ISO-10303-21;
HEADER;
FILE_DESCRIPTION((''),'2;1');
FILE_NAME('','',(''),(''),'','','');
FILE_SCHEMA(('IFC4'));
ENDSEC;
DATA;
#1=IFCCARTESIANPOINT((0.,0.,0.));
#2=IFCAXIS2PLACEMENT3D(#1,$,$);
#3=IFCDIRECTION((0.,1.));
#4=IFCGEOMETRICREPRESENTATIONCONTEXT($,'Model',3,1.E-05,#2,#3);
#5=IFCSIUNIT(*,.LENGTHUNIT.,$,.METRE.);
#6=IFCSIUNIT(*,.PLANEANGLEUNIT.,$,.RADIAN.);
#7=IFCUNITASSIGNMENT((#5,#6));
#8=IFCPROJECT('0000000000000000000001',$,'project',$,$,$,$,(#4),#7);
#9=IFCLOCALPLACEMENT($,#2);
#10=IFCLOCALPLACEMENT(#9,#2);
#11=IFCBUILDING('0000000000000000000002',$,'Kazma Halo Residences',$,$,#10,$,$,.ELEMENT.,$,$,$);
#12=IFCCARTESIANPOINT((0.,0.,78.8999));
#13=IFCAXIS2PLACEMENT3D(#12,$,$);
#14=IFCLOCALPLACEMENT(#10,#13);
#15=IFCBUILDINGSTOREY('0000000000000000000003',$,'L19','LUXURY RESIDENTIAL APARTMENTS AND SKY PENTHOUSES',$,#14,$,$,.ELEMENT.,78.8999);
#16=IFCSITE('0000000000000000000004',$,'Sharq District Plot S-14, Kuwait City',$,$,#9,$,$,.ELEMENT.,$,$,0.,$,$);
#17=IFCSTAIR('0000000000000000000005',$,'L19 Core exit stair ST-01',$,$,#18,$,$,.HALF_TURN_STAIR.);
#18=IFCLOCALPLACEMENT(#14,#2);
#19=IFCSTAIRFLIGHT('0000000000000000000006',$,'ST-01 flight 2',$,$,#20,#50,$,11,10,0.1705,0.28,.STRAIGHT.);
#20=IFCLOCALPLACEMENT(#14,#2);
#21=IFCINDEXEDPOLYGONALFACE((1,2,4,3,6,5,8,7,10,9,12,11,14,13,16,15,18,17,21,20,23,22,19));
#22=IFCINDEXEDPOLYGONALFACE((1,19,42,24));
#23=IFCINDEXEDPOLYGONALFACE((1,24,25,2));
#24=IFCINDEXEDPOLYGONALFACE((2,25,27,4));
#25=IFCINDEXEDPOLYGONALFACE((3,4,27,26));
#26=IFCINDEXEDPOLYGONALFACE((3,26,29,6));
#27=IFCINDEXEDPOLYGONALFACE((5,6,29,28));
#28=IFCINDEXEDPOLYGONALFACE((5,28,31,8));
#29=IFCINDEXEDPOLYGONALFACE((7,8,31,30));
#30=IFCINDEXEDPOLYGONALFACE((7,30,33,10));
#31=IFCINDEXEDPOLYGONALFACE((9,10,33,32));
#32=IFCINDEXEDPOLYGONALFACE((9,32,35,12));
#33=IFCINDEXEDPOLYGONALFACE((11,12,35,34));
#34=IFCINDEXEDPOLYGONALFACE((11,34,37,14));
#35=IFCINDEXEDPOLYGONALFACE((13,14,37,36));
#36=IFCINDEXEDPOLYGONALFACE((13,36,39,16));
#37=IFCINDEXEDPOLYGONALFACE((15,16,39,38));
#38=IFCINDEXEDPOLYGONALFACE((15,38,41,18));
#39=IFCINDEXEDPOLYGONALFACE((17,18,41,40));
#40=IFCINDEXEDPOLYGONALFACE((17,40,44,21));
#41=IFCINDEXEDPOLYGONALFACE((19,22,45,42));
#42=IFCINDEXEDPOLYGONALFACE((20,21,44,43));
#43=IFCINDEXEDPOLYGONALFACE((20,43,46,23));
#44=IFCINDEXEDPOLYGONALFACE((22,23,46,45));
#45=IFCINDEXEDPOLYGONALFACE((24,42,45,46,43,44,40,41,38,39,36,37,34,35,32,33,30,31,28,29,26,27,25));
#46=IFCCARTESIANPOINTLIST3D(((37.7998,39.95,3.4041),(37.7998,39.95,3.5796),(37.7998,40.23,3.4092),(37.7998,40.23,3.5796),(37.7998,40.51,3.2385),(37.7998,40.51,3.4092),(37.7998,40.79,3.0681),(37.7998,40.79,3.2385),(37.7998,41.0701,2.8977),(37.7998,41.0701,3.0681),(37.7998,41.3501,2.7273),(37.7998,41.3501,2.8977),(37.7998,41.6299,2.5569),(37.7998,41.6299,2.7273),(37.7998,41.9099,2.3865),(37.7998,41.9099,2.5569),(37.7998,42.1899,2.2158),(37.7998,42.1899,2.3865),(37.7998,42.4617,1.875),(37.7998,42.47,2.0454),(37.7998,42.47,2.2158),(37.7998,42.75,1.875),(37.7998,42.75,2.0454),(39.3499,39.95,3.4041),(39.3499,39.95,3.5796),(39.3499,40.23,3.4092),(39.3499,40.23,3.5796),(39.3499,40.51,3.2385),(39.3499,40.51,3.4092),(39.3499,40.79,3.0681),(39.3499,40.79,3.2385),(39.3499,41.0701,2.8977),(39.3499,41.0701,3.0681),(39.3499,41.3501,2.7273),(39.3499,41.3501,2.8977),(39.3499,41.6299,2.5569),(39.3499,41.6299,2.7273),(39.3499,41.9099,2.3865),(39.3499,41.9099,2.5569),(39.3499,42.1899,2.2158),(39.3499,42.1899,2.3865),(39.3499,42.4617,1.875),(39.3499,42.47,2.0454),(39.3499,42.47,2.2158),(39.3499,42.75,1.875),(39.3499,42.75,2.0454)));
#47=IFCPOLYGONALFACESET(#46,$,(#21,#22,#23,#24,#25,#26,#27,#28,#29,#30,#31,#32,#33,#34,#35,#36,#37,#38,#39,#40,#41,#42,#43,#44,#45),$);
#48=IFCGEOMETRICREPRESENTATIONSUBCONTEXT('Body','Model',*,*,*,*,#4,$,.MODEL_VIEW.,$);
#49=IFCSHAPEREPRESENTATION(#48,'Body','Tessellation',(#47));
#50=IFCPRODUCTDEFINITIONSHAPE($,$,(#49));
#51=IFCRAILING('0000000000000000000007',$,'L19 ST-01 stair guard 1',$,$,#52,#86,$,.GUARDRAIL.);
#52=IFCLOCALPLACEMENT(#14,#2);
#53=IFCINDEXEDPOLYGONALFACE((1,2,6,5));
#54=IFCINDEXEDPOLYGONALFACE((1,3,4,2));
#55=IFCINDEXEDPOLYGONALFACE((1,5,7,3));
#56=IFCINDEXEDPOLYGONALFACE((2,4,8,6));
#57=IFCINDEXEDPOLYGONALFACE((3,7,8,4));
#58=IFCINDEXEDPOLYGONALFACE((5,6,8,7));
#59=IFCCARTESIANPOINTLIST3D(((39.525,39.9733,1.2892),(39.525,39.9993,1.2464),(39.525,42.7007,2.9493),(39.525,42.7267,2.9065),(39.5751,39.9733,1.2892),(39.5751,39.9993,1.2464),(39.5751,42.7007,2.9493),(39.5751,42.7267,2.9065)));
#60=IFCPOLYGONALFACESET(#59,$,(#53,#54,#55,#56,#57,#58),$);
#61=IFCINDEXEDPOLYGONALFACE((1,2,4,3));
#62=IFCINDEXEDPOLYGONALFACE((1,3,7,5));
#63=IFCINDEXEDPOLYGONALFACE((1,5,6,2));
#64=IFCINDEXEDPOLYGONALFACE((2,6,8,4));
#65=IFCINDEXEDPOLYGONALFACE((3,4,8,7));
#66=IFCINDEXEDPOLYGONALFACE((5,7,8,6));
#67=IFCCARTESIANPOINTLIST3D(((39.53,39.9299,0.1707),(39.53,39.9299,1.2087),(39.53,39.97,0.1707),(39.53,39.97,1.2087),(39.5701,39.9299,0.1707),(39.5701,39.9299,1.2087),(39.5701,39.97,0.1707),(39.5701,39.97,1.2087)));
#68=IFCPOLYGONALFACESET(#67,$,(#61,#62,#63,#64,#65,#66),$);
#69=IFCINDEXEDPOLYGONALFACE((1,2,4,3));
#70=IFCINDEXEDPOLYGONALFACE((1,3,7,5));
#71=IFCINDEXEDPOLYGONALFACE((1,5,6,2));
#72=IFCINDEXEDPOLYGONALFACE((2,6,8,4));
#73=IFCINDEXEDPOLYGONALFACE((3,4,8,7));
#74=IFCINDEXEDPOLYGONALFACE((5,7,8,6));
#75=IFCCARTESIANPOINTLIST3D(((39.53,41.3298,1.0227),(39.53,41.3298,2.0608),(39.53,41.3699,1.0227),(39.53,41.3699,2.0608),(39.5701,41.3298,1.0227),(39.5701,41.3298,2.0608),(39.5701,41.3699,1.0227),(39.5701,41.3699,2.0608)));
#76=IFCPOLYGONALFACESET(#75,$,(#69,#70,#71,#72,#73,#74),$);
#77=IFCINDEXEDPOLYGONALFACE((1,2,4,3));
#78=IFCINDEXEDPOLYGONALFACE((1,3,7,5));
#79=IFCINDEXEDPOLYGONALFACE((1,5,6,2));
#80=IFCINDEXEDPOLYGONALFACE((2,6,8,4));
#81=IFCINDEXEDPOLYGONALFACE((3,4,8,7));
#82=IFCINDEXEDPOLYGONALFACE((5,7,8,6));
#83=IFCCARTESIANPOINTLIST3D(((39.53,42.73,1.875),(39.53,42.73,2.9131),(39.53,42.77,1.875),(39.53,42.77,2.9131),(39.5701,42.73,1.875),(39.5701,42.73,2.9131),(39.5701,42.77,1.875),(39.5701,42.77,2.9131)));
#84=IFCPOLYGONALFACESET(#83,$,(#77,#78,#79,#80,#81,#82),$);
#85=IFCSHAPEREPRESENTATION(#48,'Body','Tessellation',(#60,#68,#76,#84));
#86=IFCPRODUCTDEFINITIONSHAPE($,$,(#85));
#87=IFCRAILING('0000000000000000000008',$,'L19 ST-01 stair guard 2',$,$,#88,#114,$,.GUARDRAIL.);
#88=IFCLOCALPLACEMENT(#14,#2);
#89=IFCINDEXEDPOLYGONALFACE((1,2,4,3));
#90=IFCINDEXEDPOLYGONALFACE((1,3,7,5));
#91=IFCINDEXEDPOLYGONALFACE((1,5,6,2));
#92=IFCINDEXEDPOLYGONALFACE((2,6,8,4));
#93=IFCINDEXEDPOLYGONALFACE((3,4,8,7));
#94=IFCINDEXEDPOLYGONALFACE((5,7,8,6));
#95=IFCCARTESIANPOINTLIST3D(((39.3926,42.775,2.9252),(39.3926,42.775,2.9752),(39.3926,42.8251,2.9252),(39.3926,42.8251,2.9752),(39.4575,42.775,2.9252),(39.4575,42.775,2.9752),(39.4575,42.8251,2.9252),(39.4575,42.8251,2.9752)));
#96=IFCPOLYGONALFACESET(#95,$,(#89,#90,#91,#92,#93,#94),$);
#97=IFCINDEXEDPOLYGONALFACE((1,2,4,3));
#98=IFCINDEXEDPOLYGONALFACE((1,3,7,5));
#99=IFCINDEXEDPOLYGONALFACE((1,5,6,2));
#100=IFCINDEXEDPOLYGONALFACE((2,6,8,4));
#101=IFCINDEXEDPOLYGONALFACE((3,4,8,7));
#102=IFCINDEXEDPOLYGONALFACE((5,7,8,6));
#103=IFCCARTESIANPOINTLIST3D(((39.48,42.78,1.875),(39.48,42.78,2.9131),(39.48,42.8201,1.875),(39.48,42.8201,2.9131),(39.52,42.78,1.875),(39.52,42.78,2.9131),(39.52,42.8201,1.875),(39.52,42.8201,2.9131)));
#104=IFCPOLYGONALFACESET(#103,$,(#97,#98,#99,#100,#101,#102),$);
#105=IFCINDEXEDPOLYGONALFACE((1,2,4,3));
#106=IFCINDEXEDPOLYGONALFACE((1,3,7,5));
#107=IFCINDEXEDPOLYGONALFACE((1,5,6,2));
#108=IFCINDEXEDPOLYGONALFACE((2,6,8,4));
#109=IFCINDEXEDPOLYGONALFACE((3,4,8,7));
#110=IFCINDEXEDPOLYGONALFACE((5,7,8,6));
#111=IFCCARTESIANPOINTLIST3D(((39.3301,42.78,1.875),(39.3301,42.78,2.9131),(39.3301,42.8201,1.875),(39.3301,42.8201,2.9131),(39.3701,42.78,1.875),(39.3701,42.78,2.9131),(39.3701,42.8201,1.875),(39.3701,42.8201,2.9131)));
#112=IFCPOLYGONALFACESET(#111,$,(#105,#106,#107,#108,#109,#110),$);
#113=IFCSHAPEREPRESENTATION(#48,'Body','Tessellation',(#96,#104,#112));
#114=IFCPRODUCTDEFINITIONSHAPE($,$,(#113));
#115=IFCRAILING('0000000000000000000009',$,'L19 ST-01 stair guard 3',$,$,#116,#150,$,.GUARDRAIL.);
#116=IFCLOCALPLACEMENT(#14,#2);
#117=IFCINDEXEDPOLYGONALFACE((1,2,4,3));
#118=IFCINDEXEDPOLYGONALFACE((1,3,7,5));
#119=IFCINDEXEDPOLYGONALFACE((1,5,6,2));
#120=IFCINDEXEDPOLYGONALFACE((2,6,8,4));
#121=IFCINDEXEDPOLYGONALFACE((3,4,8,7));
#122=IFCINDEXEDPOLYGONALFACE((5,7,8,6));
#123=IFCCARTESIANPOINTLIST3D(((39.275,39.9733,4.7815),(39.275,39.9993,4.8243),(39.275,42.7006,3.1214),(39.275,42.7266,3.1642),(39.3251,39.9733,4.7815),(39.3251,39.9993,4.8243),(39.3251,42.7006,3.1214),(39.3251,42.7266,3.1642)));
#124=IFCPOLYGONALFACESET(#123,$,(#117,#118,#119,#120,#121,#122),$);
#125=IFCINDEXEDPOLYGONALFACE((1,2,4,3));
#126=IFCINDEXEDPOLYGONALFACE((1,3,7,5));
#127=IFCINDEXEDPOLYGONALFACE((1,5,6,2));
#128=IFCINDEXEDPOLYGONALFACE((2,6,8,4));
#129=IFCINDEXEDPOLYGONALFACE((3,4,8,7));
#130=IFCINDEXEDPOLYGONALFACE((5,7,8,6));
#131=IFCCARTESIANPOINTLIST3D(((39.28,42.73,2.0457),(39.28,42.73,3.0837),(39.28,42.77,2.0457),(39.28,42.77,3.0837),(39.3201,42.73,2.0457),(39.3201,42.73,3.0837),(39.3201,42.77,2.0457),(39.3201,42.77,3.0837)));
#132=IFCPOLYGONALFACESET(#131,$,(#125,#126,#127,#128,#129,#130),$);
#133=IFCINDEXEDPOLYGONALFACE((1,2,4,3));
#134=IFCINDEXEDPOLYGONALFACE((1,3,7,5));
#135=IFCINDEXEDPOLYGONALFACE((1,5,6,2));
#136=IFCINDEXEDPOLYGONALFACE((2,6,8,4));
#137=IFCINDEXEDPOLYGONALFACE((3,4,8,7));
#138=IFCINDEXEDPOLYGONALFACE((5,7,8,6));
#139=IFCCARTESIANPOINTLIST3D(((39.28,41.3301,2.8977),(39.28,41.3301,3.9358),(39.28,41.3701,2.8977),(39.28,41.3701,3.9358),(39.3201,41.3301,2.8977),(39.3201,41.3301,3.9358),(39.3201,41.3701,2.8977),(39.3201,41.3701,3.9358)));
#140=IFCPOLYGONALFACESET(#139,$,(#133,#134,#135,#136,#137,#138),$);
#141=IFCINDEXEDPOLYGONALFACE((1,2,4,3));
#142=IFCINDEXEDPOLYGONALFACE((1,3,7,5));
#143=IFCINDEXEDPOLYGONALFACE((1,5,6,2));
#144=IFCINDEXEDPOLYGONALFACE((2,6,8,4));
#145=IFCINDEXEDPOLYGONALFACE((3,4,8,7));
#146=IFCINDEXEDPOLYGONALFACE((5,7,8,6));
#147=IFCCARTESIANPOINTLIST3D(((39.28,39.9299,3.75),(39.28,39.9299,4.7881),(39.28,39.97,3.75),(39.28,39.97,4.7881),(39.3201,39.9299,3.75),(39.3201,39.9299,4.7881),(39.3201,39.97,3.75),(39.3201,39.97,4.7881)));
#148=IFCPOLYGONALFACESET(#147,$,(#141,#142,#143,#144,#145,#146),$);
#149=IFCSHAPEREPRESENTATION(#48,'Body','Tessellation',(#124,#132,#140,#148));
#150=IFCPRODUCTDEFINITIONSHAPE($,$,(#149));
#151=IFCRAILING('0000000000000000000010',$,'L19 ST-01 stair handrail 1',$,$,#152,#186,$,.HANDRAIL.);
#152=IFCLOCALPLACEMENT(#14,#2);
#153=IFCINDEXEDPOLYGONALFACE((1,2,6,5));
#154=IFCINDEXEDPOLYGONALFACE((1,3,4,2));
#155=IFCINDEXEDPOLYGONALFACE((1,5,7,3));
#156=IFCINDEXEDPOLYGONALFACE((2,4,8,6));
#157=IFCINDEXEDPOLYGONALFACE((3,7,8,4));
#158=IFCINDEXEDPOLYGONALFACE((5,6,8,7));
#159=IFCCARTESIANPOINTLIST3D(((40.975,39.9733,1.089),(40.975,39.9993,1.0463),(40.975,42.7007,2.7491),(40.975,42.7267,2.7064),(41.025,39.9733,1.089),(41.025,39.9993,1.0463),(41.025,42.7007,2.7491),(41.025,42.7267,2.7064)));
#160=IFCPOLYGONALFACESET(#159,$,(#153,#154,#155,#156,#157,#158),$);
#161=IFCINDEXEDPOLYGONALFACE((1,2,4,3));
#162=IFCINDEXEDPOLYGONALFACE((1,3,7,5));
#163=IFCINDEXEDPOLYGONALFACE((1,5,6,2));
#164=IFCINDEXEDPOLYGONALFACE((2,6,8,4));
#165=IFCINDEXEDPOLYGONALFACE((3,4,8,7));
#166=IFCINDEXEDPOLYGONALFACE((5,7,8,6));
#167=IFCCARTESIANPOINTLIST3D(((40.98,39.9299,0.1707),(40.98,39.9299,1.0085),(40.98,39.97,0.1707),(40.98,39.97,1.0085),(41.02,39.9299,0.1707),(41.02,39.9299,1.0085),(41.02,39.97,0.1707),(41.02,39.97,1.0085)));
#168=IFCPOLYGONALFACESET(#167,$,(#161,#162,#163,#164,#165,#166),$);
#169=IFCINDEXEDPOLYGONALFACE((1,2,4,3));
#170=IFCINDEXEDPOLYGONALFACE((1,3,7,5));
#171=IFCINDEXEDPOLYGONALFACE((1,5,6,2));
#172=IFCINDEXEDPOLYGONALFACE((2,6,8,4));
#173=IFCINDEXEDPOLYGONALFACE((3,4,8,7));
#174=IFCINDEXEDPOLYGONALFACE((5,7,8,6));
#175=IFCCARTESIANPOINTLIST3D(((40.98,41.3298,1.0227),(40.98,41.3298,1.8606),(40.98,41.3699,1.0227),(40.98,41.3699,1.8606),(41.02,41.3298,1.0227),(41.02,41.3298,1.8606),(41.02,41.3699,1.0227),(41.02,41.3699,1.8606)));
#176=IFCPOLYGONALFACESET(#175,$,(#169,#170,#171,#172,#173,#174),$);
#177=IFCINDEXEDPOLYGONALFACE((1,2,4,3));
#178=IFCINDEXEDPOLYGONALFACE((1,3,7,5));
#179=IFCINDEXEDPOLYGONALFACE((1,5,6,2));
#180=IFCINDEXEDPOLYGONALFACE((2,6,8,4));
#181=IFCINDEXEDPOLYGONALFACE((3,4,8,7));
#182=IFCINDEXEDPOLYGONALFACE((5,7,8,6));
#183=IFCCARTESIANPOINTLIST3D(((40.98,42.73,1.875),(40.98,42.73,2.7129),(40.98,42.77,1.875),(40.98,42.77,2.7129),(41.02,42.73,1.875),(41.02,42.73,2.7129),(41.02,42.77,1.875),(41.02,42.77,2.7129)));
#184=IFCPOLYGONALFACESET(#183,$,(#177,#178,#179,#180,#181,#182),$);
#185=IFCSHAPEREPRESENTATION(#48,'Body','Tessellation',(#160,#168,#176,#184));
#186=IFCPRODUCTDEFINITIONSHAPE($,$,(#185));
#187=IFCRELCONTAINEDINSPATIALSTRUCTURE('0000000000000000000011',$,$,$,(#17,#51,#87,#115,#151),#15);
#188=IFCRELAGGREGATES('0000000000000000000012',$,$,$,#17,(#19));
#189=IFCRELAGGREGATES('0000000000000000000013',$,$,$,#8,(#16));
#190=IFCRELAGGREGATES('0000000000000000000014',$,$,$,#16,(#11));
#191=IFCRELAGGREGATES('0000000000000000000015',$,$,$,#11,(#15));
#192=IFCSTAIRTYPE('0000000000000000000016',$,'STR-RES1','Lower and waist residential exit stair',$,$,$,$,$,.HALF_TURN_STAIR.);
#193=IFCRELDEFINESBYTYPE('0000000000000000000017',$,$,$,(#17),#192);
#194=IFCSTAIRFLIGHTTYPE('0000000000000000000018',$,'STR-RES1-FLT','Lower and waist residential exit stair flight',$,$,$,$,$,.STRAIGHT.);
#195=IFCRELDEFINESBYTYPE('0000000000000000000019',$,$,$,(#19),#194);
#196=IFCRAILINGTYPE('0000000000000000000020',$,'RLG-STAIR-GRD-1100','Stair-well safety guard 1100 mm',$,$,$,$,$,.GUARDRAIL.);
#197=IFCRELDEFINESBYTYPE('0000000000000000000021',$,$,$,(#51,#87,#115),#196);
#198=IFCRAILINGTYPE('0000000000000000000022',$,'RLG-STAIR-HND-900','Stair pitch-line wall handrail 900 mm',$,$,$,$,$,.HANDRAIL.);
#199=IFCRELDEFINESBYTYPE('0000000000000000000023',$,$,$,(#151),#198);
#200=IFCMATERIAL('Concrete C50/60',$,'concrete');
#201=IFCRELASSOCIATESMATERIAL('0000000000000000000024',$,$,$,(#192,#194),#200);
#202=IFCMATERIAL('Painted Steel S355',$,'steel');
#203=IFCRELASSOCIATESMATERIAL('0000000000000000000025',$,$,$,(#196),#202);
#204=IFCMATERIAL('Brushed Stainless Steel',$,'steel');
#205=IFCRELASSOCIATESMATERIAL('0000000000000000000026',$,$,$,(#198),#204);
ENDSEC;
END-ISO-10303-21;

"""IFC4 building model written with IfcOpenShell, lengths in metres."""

from ifc_helpers import new_model, si_unit, direction, frame, origin, origin_2d, place, context, subcontext, project, spatial, polyline, rectangle, outline, extrude, material, type_object, element, aggregate, save


model = new_model("IFC4")

# Units and contexts
model_context = context("Model", 3, precision=1e-05, world=origin(), true_north=direction((0.0, 1.0)))
body_context = subcontext(model_context, "Body", "Model", "MODEL_VIEW")
ifc_project = project(units=[si_unit("LENGTHUNIT", "METRE"), si_unit("PLANEANGLEUNIT", "RADIAN")], contexts=[model_context])

# Site, building, storey
site_placement = place(None, origin())
site = spatial("IfcSite", under=ifc_project, at=site_placement, Name="Sharq District Plot S-14, Kuwait City", CompositionType="ELEMENT", RefElevation=0.0)
building_placement = place(site_placement, origin())
building = spatial("IfcBuilding", under=site, at=building_placement, Name="Kazma Halo Residences", CompositionType="ELEMENT")
storey_placement = place(building_placement, frame((0.0, 0.0, 78.8999)))
storey = spatial("IfcBuildingStorey", under=building, at=storey_placement, Name="L19", Description="LUXURY RESIDENTIAL APARTMENTS AND SKY PENTHOUSES", CompositionType="ELEMENT", Elevation=78.8999)

# Stair, stair flight
ifc_material_1 = material(Name="Concrete C50/60", Category="concrete")
stair_type = type_object("IfcStairType", Name="STR-RES1", Description="Lower and waist residential exit stair", PredefinedType="HALF_TURN_STAIR", material=ifc_material_1)
stair_placement = place(storey_placement, origin())
stair = element("IfcStair", 1, at=stair_placement, inside=storey, type_object=stair_type, Name="L19 Core exit stair ST-01", PredefinedType="HALF_TURN_STAIR")
stair_flight_type = type_object("IfcStairFlightType", Name="STR-RES1-FLT", Description="Lower and waist residential exit stair flight", PredefinedType="STRAIGHT", material=ifc_material_1)
stair_flight_1_placement = place(storey_placement, frame((38.575, 42.75, 1.875), z_axis=(0.0, 0.0, 1.0), x_axis=(0.0, -1.0, 0.0)))
stair_flight_1 = element("IfcStairFlight", 2, at=stair_flight_1_placement, type_object=stair_flight_type, Name="ST-01 flight 2", NumberOfRisers=11, NumberOfTreads=10, PredefinedType="STRAIGHT", RiserHeight=0.1705, TreadLength=0.28, context=body_context, shape_type="SweptSolid", body=[
    extrude(outline(polyline([(0.0, 0.0), (0.0, 0.1704), (0.28, 0.1704), (0.28, 0.3408), (0.5601, 0.3408), (0.5601, 0.5115), (0.8401, 0.5115), (0.8401, 0.6819), (1.1201, 0.6819), (1.1201, 0.8523), (1.3999, 0.8523), (1.3999, 1.0227), (1.6799, 1.0227), (1.6799, 1.1931), (1.96, 1.1931), (1.96, 1.3635), (2.24, 1.3635), (2.24, 1.5342), (2.52, 1.5342), (2.52, 1.7046), (2.8, 1.7046), (2.8, 1.875), (2.8, 1.5291), (0.2883, 0.0), (0.0, 0.0)])), frame((0.0, 0.7749, 0.0), z_axis=(0.0, -1.0, 0.0), x_axis=(1.0, 0.0, 0.0)), (0.0, 0.0, 1.0), 1.55),
])
aggregate(stair, [stair_flight_1])

# Railings
ifc_material_2 = material(Name="Painted Steel S355", Category="steel")
railing_type_1 = type_object("IfcRailingType", Name="RLG-STAIR-GRD-1100", Description="Stair-well safety guard 1100 mm", PredefinedType="GUARDRAIL", material=ifc_material_2)
railing_1_placement = place(storey_placement, frame((39.55, 39.95, 0.1707)))
element("IfcRailing", 3, at=railing_1_placement, inside=storey, type_object=railing_type_1, Name="L19 ST-01 stair guard 1", PredefinedType="GUARDRAIL", context=body_context, shape_type="SweptSolid", body=[
    extrude(rectangle(XDim=0.05, YDim=0.05, at=origin_2d()), frame((0.0, 0.0364, 1.0972), z_axis=(0.0, 0.854203, 0.51994), x_axis=(-1.0, 0.0, 0.0)), (0.0, 0.0, 1.0), 3.1929),
    extrude(rectangle(XDim=0.04, YDim=0.04, at=origin_2d()), origin(), (0.0, 0.0, 1.0), 1.0381),
    extrude(rectangle(XDim=0.04, YDim=0.04, at=origin_2d()), frame((0.0, 1.3999, 0.8521)), (0.0, 0.0, 1.0), 1.0381),
    extrude(rectangle(XDim=0.04, YDim=0.04, at=origin_2d()), frame((0.0, 2.8, 1.7043)), (0.0, 0.0, 1.0), 1.0381),
])
railing_2_placement = place(storey_placement, frame((39.5, 42.8, 1.875)))
element("IfcRailing", 4, at=railing_2_placement, inside=storey, type_object=railing_type_1, Name="L19 ST-01 stair guard 2", PredefinedType="GUARDRAIL", context=body_context, shape_type="SweptSolid", body=[
    extrude(rectangle(XDim=0.05, YDim=0.05, at=origin_2d()), frame((-0.0425, 0.0, 1.0752), z_axis=(-1.0, 0.0, 0.0), x_axis=(0.0, -1.0, 0.0)), (0.0, 0.0, 1.0), 0.0649),
    extrude(rectangle(XDim=0.04, YDim=0.04, at=origin_2d()), origin(), (0.0, 0.0, 1.0), 1.0381),
    extrude(rectangle(XDim=0.04, YDim=0.04, at=origin_2d()), frame((-0.1499, 0.0, 0.0)), (0.0, 0.0, 1.0), 1.0381),
])
railing_3_placement = place(storey_placement, frame((39.3, 42.75, 2.0457)))
element("IfcRailing", 5, at=railing_3_placement, inside=storey, type_object=railing_type_1, Name="L19 ST-01 stair guard 3", PredefinedType="GUARDRAIL", context=body_context, shape_type="SweptSolid", body=[
    extrude(rectangle(XDim=0.05, YDim=0.05, at=origin_2d()), frame((0.0, -0.0364, 1.0972), z_axis=(0.0, -0.854203, 0.51994), x_axis=(1.0, 0.0, 0.0)), (0.0, 0.0, 1.0), 3.1929),
    extrude(rectangle(XDim=0.04, YDim=0.04, at=origin_2d()), origin(), (0.0, 0.0, 1.0), 1.0381),
    extrude(rectangle(XDim=0.04, YDim=0.04, at=origin_2d()), frame((0.0, -1.3999, 0.8521)), (0.0, 0.0, 1.0), 1.0381),
    extrude(rectangle(XDim=0.04, YDim=0.04, at=origin_2d()), frame((0.0, -2.8, 1.7043)), (0.0, 0.0, 1.0), 1.0381),
])
ifc_material_3 = material(Name="Brushed Stainless Steel", Category="steel")
railing_type_2 = type_object("IfcRailingType", Name="RLG-STAIR-HND-900", Description="Stair pitch-line wall handrail 900 mm", PredefinedType="HANDRAIL", material=ifc_material_3)
railing_4_placement = place(storey_placement, frame((41.0, 39.95, 0.1707)))
element("IfcRailing", 6, at=railing_4_placement, inside=storey, type_object=railing_type_2, Name="L19 ST-01 stair handrail 1", PredefinedType="HANDRAIL", context=body_context, shape_type="SweptSolid", body=[
    extrude(rectangle(XDim=0.05, YDim=0.05, at=origin_2d()), frame((0.0, 0.0364, 0.897), z_axis=(0.0, 0.854203, 0.51994), x_axis=(-1.0, 0.0, 0.0)), (0.0, 0.0, 1.0), 3.1929),
    extrude(rectangle(XDim=0.04, YDim=0.04, at=origin_2d()), origin(), (0.0, 0.0, 1.0), 0.8379),
    extrude(rectangle(XDim=0.04, YDim=0.04, at=origin_2d()), frame((0.0, 1.3999, 0.8521)), (0.0, 0.0, 1.0), 0.8379),
    extrude(rectangle(XDim=0.04, YDim=0.04, at=origin_2d()), frame((0.0, 2.8, 1.7043)), (0.0, 0.0, 1.0), 0.8379),
])

save(model, "model.ifc")
